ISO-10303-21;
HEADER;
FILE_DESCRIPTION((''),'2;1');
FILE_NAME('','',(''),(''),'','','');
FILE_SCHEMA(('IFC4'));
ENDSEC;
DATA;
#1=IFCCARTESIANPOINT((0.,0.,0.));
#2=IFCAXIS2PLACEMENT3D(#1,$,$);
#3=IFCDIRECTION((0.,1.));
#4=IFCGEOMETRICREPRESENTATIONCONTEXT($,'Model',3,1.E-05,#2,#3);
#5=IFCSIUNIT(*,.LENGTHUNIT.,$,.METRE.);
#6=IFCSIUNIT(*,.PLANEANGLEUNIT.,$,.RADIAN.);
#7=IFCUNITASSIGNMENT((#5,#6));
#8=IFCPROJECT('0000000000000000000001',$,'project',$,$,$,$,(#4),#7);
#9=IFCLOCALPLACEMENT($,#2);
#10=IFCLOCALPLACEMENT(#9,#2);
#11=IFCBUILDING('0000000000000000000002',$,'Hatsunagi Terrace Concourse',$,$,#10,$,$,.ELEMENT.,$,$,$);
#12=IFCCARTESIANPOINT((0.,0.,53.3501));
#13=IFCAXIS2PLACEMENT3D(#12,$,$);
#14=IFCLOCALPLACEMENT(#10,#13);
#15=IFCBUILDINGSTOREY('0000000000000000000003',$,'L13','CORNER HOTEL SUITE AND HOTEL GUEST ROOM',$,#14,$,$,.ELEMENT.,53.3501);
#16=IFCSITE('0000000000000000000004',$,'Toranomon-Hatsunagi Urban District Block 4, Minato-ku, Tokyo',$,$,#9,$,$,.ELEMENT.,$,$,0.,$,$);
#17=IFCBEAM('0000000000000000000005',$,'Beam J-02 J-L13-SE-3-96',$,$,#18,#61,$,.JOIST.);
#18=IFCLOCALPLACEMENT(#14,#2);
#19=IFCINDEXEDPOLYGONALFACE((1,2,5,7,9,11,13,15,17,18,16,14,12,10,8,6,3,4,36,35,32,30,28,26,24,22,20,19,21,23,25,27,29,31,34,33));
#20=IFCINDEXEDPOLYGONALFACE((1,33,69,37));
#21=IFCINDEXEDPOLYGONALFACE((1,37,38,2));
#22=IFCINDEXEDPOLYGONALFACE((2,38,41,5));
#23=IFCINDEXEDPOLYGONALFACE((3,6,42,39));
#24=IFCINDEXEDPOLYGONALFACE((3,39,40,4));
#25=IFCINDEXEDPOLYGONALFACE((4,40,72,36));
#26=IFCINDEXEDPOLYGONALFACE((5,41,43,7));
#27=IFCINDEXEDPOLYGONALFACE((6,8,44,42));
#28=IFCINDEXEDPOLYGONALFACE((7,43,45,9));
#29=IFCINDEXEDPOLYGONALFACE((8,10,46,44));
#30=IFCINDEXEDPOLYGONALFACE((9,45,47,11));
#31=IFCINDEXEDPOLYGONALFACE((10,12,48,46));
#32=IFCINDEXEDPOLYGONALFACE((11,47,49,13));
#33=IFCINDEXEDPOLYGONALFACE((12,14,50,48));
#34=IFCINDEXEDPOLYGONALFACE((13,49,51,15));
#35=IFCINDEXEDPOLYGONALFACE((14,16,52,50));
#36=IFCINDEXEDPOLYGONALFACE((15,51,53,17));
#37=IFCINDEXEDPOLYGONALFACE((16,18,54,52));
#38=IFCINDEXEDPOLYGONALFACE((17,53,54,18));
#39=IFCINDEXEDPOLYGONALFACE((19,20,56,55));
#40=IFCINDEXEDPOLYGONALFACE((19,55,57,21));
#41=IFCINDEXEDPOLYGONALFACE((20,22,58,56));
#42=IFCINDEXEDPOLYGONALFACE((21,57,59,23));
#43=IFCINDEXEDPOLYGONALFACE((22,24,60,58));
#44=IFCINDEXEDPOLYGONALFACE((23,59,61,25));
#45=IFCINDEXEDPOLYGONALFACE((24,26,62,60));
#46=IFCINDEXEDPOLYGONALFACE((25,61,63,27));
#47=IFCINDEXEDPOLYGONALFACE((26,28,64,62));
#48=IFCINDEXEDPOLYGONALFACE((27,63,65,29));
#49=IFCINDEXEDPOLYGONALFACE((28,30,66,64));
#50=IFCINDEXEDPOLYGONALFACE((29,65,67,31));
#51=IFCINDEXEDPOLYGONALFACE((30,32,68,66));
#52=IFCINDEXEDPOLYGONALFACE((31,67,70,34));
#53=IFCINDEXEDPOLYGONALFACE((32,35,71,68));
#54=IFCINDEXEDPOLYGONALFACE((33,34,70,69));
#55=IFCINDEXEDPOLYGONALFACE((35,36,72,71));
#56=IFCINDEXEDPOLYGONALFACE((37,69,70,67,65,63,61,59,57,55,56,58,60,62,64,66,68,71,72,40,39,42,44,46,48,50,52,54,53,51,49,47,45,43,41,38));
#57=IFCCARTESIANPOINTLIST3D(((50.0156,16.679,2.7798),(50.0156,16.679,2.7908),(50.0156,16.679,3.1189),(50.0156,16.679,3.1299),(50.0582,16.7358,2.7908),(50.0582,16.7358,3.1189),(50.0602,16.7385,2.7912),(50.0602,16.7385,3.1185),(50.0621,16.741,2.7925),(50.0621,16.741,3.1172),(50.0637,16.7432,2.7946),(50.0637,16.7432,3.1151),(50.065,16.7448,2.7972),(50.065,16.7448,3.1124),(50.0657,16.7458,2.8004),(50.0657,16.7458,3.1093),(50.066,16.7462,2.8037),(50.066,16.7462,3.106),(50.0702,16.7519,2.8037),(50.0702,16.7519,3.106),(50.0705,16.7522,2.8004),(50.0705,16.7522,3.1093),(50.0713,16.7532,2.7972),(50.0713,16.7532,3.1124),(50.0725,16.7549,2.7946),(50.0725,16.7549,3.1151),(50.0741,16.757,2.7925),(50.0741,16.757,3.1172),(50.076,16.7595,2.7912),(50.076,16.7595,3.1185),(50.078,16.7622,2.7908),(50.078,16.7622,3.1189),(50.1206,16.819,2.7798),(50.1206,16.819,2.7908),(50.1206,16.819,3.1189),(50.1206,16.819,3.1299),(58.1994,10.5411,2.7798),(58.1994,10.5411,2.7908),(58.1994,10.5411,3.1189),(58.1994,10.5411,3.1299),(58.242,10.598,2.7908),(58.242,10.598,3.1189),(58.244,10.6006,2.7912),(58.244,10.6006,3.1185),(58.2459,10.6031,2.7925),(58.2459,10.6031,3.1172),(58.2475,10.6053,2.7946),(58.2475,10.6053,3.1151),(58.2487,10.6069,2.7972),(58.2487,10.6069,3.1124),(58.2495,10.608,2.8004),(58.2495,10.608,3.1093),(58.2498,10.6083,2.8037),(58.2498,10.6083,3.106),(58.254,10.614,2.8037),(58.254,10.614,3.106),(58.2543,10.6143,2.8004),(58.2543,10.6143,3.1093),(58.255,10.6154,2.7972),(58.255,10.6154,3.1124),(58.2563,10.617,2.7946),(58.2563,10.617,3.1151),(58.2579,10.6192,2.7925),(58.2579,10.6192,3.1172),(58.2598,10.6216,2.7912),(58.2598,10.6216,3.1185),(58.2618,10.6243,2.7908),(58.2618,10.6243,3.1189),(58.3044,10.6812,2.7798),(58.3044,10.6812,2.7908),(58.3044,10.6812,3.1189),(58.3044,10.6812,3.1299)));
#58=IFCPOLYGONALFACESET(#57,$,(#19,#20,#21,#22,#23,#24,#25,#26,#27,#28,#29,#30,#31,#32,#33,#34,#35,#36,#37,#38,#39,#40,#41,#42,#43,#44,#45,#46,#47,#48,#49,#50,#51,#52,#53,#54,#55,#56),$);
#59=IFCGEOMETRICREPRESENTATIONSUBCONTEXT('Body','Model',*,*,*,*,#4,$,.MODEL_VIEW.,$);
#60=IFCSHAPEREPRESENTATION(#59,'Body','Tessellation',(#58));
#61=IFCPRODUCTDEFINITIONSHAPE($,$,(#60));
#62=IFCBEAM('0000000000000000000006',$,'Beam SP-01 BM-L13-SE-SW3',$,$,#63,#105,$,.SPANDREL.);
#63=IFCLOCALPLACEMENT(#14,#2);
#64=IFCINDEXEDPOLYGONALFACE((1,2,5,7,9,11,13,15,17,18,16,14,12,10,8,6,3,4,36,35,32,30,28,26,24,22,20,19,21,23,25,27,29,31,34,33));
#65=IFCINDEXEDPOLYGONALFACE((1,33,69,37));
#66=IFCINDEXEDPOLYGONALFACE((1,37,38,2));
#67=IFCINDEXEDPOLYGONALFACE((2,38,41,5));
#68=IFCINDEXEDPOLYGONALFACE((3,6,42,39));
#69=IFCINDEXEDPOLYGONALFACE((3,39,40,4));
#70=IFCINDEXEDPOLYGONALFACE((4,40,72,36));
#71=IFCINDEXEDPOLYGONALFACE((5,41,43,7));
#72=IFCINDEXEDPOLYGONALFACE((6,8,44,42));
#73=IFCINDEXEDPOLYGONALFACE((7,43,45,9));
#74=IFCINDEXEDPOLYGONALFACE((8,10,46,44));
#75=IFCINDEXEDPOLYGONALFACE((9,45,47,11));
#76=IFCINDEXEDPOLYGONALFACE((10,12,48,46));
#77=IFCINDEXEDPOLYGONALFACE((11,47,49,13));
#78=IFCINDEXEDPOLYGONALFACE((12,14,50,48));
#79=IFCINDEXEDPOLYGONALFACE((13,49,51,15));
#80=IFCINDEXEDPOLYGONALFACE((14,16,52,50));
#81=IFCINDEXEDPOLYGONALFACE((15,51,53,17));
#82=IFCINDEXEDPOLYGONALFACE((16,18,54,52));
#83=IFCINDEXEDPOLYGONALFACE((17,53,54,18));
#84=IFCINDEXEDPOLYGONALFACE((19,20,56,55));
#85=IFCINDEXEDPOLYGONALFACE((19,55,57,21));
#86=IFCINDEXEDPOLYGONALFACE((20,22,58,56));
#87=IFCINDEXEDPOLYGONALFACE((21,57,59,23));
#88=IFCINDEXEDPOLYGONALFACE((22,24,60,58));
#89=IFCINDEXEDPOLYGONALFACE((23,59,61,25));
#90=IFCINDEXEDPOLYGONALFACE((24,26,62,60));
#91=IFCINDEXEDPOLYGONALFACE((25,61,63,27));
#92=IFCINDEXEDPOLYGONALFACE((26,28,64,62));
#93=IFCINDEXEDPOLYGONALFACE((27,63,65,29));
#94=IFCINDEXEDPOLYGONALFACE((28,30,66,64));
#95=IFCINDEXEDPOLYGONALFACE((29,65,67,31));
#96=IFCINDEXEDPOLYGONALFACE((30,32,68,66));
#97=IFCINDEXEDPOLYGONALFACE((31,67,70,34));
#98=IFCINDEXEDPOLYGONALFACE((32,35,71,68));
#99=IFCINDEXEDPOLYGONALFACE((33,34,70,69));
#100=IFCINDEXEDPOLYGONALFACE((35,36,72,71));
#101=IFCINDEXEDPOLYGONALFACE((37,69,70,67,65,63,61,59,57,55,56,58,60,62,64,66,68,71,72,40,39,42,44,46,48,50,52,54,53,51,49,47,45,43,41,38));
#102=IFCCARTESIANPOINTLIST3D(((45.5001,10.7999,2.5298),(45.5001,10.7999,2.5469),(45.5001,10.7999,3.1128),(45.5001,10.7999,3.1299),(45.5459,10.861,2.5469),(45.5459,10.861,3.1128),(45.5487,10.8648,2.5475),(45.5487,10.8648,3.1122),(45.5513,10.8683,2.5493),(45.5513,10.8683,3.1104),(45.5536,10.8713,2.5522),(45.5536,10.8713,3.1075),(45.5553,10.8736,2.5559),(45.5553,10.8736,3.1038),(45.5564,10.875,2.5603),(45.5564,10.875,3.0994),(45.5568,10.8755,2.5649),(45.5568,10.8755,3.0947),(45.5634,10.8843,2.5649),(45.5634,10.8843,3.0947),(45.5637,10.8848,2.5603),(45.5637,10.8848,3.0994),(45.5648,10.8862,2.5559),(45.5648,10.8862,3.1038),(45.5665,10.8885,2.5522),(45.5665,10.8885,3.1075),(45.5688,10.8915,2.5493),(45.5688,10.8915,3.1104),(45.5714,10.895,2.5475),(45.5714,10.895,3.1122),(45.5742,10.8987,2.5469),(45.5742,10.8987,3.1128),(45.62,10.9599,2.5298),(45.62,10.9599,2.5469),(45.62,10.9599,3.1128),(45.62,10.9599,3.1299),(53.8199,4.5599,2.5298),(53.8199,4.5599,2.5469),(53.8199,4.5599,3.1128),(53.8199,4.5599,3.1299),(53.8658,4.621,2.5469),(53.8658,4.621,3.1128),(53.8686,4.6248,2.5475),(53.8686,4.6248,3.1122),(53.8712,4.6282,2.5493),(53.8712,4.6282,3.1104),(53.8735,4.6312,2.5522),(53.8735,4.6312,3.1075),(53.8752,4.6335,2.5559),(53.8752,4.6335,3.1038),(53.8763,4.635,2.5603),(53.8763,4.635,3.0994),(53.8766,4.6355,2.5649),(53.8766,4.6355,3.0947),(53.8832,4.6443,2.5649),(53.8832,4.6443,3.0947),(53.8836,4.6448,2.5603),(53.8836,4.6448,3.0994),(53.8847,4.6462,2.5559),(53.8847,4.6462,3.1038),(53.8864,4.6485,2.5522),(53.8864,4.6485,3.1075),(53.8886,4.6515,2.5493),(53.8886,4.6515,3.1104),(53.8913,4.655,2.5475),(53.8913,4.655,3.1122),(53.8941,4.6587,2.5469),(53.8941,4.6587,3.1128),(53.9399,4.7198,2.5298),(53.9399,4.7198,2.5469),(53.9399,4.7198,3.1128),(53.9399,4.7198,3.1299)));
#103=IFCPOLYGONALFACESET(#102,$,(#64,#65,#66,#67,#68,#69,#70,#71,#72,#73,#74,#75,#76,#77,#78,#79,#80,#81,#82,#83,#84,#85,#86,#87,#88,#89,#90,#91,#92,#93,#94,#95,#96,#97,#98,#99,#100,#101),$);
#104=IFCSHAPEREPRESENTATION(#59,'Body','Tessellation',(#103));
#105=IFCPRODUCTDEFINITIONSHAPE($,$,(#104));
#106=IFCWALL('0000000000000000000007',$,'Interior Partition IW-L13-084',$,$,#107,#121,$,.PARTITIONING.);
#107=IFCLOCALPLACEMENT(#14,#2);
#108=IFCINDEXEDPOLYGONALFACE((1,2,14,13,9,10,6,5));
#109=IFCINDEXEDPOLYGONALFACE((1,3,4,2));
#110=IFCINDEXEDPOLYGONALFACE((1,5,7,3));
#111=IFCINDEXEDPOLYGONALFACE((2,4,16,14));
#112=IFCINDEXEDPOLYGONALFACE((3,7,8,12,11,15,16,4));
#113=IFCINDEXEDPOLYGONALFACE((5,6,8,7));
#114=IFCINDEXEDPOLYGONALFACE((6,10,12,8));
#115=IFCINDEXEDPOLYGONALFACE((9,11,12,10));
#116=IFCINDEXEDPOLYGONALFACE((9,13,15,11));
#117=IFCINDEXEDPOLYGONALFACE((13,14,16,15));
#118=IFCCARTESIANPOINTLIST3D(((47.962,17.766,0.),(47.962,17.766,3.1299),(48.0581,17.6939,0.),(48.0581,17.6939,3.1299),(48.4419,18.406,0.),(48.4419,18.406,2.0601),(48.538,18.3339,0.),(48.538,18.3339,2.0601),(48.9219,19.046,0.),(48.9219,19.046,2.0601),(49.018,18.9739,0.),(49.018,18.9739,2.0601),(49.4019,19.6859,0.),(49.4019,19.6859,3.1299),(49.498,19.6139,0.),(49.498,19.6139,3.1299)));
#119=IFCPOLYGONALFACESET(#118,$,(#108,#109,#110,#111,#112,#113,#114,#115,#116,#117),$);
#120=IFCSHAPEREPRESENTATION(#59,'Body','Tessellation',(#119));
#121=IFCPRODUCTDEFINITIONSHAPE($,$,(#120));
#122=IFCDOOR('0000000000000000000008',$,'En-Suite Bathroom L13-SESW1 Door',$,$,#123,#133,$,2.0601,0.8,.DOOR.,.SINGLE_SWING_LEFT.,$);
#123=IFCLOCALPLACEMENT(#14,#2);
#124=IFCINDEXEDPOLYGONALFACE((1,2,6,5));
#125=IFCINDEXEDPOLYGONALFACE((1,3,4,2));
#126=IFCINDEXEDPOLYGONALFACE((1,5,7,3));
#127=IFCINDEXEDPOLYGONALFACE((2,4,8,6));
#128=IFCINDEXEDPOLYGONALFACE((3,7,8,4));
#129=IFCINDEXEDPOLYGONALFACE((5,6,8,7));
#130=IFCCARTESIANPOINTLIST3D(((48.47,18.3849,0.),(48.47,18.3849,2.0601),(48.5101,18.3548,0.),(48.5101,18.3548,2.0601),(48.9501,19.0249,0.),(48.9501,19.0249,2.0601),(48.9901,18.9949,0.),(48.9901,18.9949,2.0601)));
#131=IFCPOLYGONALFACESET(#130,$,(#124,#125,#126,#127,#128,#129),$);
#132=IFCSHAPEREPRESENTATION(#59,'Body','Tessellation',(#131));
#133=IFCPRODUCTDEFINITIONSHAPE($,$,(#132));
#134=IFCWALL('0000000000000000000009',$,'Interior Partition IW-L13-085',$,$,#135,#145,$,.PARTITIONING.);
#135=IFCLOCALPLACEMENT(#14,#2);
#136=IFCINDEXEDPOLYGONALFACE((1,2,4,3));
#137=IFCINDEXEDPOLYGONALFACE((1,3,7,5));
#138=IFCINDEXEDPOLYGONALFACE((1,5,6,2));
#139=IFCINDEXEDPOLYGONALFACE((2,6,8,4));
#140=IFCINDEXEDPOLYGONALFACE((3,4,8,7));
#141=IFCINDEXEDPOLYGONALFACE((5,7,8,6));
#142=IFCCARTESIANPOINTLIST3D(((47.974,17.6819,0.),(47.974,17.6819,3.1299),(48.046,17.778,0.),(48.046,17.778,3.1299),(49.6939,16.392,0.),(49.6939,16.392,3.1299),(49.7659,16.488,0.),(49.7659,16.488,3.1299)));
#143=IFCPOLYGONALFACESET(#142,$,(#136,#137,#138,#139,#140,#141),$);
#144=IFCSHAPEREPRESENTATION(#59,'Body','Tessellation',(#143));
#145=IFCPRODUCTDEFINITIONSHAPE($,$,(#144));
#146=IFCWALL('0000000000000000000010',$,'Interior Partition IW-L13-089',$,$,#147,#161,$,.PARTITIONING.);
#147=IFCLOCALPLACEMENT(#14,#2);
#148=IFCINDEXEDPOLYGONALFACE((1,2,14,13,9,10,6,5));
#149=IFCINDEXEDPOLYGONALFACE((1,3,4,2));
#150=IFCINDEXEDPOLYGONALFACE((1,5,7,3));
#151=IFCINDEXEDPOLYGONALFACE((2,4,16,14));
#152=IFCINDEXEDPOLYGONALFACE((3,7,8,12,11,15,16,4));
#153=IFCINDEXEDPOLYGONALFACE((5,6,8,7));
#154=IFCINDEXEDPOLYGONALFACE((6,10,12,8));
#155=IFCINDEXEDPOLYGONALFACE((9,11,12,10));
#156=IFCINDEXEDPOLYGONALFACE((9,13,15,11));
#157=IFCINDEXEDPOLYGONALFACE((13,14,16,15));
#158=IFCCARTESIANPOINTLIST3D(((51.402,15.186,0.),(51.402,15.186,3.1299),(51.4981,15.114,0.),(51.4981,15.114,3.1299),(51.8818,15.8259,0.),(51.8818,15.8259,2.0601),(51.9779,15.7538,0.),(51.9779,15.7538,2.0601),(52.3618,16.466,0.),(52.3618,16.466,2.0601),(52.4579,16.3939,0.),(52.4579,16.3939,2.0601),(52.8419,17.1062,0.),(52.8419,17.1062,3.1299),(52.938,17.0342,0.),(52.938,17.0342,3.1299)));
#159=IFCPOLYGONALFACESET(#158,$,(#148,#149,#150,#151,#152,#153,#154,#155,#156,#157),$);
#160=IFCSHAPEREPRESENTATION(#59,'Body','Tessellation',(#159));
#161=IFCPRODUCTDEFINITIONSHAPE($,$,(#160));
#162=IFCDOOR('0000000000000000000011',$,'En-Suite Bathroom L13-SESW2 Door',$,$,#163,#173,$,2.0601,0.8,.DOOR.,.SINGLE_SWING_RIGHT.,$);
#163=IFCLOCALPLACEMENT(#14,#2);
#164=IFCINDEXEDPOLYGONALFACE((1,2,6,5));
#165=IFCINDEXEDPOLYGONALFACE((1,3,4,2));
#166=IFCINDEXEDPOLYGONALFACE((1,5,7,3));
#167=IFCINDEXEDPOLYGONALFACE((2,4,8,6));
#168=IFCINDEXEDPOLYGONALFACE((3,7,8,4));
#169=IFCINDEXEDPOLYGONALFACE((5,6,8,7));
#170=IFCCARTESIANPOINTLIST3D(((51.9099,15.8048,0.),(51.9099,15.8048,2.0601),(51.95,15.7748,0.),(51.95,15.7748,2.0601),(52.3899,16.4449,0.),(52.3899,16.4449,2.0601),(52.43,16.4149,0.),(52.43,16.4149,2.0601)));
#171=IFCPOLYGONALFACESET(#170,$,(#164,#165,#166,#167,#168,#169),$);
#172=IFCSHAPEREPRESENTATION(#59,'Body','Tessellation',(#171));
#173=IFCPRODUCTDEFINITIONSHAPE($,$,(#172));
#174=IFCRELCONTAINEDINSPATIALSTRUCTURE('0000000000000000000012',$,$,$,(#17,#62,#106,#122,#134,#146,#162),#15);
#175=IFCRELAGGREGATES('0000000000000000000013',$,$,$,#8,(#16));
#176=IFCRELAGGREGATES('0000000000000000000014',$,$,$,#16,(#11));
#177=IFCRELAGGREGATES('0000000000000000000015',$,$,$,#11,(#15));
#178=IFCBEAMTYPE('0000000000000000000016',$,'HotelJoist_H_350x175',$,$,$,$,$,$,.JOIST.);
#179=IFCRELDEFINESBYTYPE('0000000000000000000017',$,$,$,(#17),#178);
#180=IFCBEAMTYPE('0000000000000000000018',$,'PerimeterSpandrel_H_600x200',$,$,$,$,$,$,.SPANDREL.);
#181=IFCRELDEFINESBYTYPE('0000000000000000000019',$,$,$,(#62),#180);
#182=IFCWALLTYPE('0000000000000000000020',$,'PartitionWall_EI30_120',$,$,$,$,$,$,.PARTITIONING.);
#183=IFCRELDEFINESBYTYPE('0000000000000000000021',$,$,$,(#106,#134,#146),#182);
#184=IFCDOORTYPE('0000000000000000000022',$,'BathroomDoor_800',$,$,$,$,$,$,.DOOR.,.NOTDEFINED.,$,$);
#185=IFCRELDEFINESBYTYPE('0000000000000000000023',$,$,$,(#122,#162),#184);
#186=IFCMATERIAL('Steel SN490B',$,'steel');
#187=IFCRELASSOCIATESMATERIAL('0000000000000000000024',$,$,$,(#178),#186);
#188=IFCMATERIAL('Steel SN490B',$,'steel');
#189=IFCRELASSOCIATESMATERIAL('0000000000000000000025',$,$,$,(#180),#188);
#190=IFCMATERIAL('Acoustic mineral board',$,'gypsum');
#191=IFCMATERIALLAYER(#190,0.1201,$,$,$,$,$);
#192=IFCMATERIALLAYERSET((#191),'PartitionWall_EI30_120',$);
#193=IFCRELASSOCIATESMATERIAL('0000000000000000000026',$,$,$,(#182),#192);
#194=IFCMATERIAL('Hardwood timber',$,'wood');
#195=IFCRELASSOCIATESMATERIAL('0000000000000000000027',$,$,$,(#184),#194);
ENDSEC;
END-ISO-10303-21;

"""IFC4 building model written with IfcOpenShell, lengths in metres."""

from ifc_helpers import new_model, si_unit, direction, frame, frame_2d, origin, origin_2d, place, context, subcontext, project, spatial, rectangle, i_section, extrude, material, layer, layer_set, material_profile, profile_set, type_object, element, fill, save


model = new_model("IFC4")

# Units and contexts
model_context = context("Model", 3, precision=1e-05, world=origin(), true_north=direction((0.0, 1.0)))
body_context = subcontext(model_context, "Body", "Model", "MODEL_VIEW")
ifc_project = project(units=[si_unit("LENGTHUNIT", "METRE"), si_unit("PLANEANGLEUNIT", "RADIAN")], contexts=[model_context])

# Site, building, storey
site_placement = place(None, origin())
site = spatial("IfcSite", under=ifc_project, at=site_placement, Name="Toranomon-Hatsunagi Urban District Block 4, Minato-ku, Tokyo", CompositionType="ELEMENT", RefElevation=0.0)
building_placement = place(site_placement, origin())
building = spatial("IfcBuilding", under=site, at=building_placement, Name="Hatsunagi Terrace Concourse", CompositionType="ELEMENT")
storey_placement = place(building_placement, frame((0.0, 0.0, 53.3501)))
storey = spatial("IfcBuildingStorey", under=building, at=storey_placement, Name="L13", Description="CORNER HOTEL SUITE AND HOTEL GUEST ROOM", CompositionType="ELEMENT", Elevation=53.3501)

# Beams
ifc_material_1 = material(Name="Steel SN490B", Category="steel")
ifc_material_profile_1 = material_profile(ifc_material_1, i_section(OverallWidth=0.175, OverallDepth=0.3501, WebThickness=0.0071, FlangeThickness=0.011, FilletRadius=0.0129, at=origin_2d()), Name="H-350x175x7x11")
ifc_profile_set_1 = profile_set([ifc_material_profile_1], Name="Steel SN490B")
beam_type_1 = type_object("IfcBeamType", Name="HotelJoist_H_350x175", PredefinedType="JOIST", material=ifc_profile_set_1)
beam_1_placement = place(storey_placement, frame((50.0681, 16.749, 2.9548), z_axis=(0.799997, -0.600004, 0.0), x_axis=(0.600004, 0.799997, 0.0)))
element("IfcBeam", 1, at=beam_1_placement, inside=storey, type_object=beam_type_1, Name="Beam J-02 J-L13-SE-3-96", PredefinedType="JOIST", context=body_context, shape_type="SweptSolid", body=[
    extrude(i_section(OverallWidth=0.175, OverallDepth=0.3501, WebThickness=0.0071, FlangeThickness=0.011, FilletRadius=0.0129, at=origin_2d()), origin(), (0.0, 0.0, 1.0), 10.2297),
])
ifc_material_2 = material(Name="Steel SN490B", Category="steel")
ifc_material_profile_2 = material_profile(ifc_material_2, i_section(OverallWidth=0.2, OverallDepth=0.6001, WebThickness=0.011, FlangeThickness=0.0171, FilletRadius=0.0181, at=origin_2d()), Name="H-600x200x11x17")
ifc_profile_set_2 = profile_set([ifc_material_profile_2], Name="Steel SN490B")
beam_type_2 = type_object("IfcBeamType", Name="PerimeterSpandrel_H_600x200", PredefinedType="SPANDREL", material=ifc_profile_set_2)
beam_2_placement = place(storey_placement, frame((45.5601, 10.8799, 2.8298), z_axis=(0.799994, -0.600008, 0.0), x_axis=(0.600008, 0.799994, 0.0)))
element("IfcBeam", 2, at=beam_2_placement, inside=storey, type_object=beam_type_2, Name="Beam SP-01 BM-L13-SE-SW3", PredefinedType="SPANDREL", context=body_context, shape_type="SweptSolid", body=[
    extrude(i_section(OverallWidth=0.2, OverallDepth=0.6001, WebThickness=0.011, FlangeThickness=0.0171, FilletRadius=0.0181, at=origin_2d()), origin(), (0.0, 0.0, 1.0), 10.3999),
])

# Wall, opening, door
ifc_material_3 = material(Name="Acoustic mineral board", Category="gypsum")
ifc_layer_1 = layer(ifc_material_3, 0.1201)
ifc_layer_set_1 = layer_set([ifc_layer_1], Name="PartitionWall_EI30_120")
wall_type_1 = type_object("IfcWallType", Name="PartitionWall_EI30_120", PredefinedType="PARTITIONING", material=ifc_layer_set_1)
wall_1_placement = place(storey_placement, frame((48.01, 17.73, 0.0), z_axis=(0.0, 0.0, 1.0), x_axis=(0.6, 0.8, 0.0)))
wall_1 = element("IfcWall", 3, at=wall_1_placement, inside=storey, type_object=wall_type_1, Name="Interior Partition IW-L13-084", PredefinedType="PARTITIONING", context=body_context, shape_type="SweptSolid", body=[
    extrude(rectangle(XDim=2.3999, YDim=0.1201, at=frame_2d((1.2, 0.0))), origin(), (0.0, 0.0, 1.0), 3.1299),
])
opening_1_placement = place(wall_1_placement, frame((0.8, 0.0, 0.0)))
opening_1 = element("IfcOpeningElement", 4, at=opening_1_placement, cuts=wall_1, PredefinedType="OPENING", context=body_context, shape_type="SweptSolid", body=[
    extrude(rectangle(XDim=0.8, YDim=2.0601, at=frame_2d((0.3999, 1.03))), frame((0.0, 0.0701, 0.0), z_axis=(0.0, -1.0, 0.0), x_axis=(1.0, 0.0, 0.0)), (0.0, 0.0, 1.0), 0.1401),
])
ifc_material_4 = material(Name="Hardwood timber", Category="wood")
door_type_1 = type_object("IfcDoorType", Name="BathroomDoor_800", OperationType="NOTDEFINED", PredefinedType="DOOR", material=ifc_material_4)
door_1_placement = place(opening_1_placement, origin())
door_1 = element("IfcDoor", 5, at=door_1_placement, inside=storey, type_object=door_type_1, Name="En-Suite Bathroom L13-SESW1 Door", OperationType="SINGLE_SWING_LEFT", OverallHeight=2.0601, OverallWidth=0.8, PredefinedType="DOOR", context=body_context, shape_type="SweptSolid", body=[
    extrude(rectangle(XDim=0.8, YDim=2.0601, at=frame_2d((0.3999, 1.03))), frame((0.0, 0.0249, 0.0), z_axis=(0.0, -1.0, 0.0), x_axis=(1.0, 0.0, 0.0)), (0.0, 0.0, 1.0), 0.05),
])
fill(opening_1, door_1)

# Wall
wall_2_placement = place(storey_placement, frame((48.01, 17.73, 0.0), z_axis=(0.0, 0.0, 1.0), x_axis=(0.799986, -0.600018, 0.0)))
element("IfcWall", 6, at=wall_2_placement, inside=storey, type_object=wall_type_1, Name="Interior Partition IW-L13-085", PredefinedType="PARTITIONING", context=body_context, shape_type="SweptSolid", body=[
    extrude(rectangle(XDim=2.1499, YDim=0.1201, at=frame_2d((1.075, 0.0))), origin(), (0.0, 0.0, 1.0), 3.1299),
])

# Wall, opening, door
wall_3_placement = place(storey_placement, frame((51.45, 15.1499, 0.0), z_axis=(0.0, 0.0, 1.0), x_axis=(0.599951, 0.800037, 0.0)))
wall_3 = element("IfcWall", 7, at=wall_3_placement, inside=storey, type_object=wall_type_1, Name="Interior Partition IW-L13-089", PredefinedType="PARTITIONING", context=body_context, shape_type="SweptSolid", body=[
    extrude(rectangle(XDim=2.4001, YDim=0.1201, at=frame_2d((1.2002, 0.0))), origin(), (0.0, 0.0, 1.0), 3.1299),
])
opening_2_placement = place(wall_3_placement, frame((0.8, 0.0, 0.0)))
opening_2 = element("IfcOpeningElement", 8, at=opening_2_placement, cuts=wall_3, PredefinedType="OPENING", context=body_context, shape_type="SweptSolid", body=[
    extrude(rectangle(XDim=0.8, YDim=2.0601, at=frame_2d((0.3999, 1.03))), frame((0.0, 0.0701, 0.0), z_axis=(0.0, -1.0, 0.0), x_axis=(1.0, 0.0, 0.0)), (0.0, 0.0, 1.0), 0.1401),
])
door_2_placement = place(opening_2_placement, origin())
door_2 = element("IfcDoor", 9, at=door_2_placement, inside=storey, type_object=door_type_1, Name="En-Suite Bathroom L13-SESW2 Door", OperationType="SINGLE_SWING_RIGHT", OverallHeight=2.0601, OverallWidth=0.8, PredefinedType="DOOR", context=body_context, shape_type="SweptSolid", body=[
    extrude(rectangle(XDim=0.8, YDim=2.0601, at=frame_2d((0.3999, 1.03))), frame((0.0, 0.0249, 0.0), z_axis=(0.0, -1.0, 0.0), x_axis=(1.0, 0.0, 0.0)), (0.0, 0.0, 1.0), 0.05),
])
fill(opening_2, door_2)

save(model, "model.ifc")
